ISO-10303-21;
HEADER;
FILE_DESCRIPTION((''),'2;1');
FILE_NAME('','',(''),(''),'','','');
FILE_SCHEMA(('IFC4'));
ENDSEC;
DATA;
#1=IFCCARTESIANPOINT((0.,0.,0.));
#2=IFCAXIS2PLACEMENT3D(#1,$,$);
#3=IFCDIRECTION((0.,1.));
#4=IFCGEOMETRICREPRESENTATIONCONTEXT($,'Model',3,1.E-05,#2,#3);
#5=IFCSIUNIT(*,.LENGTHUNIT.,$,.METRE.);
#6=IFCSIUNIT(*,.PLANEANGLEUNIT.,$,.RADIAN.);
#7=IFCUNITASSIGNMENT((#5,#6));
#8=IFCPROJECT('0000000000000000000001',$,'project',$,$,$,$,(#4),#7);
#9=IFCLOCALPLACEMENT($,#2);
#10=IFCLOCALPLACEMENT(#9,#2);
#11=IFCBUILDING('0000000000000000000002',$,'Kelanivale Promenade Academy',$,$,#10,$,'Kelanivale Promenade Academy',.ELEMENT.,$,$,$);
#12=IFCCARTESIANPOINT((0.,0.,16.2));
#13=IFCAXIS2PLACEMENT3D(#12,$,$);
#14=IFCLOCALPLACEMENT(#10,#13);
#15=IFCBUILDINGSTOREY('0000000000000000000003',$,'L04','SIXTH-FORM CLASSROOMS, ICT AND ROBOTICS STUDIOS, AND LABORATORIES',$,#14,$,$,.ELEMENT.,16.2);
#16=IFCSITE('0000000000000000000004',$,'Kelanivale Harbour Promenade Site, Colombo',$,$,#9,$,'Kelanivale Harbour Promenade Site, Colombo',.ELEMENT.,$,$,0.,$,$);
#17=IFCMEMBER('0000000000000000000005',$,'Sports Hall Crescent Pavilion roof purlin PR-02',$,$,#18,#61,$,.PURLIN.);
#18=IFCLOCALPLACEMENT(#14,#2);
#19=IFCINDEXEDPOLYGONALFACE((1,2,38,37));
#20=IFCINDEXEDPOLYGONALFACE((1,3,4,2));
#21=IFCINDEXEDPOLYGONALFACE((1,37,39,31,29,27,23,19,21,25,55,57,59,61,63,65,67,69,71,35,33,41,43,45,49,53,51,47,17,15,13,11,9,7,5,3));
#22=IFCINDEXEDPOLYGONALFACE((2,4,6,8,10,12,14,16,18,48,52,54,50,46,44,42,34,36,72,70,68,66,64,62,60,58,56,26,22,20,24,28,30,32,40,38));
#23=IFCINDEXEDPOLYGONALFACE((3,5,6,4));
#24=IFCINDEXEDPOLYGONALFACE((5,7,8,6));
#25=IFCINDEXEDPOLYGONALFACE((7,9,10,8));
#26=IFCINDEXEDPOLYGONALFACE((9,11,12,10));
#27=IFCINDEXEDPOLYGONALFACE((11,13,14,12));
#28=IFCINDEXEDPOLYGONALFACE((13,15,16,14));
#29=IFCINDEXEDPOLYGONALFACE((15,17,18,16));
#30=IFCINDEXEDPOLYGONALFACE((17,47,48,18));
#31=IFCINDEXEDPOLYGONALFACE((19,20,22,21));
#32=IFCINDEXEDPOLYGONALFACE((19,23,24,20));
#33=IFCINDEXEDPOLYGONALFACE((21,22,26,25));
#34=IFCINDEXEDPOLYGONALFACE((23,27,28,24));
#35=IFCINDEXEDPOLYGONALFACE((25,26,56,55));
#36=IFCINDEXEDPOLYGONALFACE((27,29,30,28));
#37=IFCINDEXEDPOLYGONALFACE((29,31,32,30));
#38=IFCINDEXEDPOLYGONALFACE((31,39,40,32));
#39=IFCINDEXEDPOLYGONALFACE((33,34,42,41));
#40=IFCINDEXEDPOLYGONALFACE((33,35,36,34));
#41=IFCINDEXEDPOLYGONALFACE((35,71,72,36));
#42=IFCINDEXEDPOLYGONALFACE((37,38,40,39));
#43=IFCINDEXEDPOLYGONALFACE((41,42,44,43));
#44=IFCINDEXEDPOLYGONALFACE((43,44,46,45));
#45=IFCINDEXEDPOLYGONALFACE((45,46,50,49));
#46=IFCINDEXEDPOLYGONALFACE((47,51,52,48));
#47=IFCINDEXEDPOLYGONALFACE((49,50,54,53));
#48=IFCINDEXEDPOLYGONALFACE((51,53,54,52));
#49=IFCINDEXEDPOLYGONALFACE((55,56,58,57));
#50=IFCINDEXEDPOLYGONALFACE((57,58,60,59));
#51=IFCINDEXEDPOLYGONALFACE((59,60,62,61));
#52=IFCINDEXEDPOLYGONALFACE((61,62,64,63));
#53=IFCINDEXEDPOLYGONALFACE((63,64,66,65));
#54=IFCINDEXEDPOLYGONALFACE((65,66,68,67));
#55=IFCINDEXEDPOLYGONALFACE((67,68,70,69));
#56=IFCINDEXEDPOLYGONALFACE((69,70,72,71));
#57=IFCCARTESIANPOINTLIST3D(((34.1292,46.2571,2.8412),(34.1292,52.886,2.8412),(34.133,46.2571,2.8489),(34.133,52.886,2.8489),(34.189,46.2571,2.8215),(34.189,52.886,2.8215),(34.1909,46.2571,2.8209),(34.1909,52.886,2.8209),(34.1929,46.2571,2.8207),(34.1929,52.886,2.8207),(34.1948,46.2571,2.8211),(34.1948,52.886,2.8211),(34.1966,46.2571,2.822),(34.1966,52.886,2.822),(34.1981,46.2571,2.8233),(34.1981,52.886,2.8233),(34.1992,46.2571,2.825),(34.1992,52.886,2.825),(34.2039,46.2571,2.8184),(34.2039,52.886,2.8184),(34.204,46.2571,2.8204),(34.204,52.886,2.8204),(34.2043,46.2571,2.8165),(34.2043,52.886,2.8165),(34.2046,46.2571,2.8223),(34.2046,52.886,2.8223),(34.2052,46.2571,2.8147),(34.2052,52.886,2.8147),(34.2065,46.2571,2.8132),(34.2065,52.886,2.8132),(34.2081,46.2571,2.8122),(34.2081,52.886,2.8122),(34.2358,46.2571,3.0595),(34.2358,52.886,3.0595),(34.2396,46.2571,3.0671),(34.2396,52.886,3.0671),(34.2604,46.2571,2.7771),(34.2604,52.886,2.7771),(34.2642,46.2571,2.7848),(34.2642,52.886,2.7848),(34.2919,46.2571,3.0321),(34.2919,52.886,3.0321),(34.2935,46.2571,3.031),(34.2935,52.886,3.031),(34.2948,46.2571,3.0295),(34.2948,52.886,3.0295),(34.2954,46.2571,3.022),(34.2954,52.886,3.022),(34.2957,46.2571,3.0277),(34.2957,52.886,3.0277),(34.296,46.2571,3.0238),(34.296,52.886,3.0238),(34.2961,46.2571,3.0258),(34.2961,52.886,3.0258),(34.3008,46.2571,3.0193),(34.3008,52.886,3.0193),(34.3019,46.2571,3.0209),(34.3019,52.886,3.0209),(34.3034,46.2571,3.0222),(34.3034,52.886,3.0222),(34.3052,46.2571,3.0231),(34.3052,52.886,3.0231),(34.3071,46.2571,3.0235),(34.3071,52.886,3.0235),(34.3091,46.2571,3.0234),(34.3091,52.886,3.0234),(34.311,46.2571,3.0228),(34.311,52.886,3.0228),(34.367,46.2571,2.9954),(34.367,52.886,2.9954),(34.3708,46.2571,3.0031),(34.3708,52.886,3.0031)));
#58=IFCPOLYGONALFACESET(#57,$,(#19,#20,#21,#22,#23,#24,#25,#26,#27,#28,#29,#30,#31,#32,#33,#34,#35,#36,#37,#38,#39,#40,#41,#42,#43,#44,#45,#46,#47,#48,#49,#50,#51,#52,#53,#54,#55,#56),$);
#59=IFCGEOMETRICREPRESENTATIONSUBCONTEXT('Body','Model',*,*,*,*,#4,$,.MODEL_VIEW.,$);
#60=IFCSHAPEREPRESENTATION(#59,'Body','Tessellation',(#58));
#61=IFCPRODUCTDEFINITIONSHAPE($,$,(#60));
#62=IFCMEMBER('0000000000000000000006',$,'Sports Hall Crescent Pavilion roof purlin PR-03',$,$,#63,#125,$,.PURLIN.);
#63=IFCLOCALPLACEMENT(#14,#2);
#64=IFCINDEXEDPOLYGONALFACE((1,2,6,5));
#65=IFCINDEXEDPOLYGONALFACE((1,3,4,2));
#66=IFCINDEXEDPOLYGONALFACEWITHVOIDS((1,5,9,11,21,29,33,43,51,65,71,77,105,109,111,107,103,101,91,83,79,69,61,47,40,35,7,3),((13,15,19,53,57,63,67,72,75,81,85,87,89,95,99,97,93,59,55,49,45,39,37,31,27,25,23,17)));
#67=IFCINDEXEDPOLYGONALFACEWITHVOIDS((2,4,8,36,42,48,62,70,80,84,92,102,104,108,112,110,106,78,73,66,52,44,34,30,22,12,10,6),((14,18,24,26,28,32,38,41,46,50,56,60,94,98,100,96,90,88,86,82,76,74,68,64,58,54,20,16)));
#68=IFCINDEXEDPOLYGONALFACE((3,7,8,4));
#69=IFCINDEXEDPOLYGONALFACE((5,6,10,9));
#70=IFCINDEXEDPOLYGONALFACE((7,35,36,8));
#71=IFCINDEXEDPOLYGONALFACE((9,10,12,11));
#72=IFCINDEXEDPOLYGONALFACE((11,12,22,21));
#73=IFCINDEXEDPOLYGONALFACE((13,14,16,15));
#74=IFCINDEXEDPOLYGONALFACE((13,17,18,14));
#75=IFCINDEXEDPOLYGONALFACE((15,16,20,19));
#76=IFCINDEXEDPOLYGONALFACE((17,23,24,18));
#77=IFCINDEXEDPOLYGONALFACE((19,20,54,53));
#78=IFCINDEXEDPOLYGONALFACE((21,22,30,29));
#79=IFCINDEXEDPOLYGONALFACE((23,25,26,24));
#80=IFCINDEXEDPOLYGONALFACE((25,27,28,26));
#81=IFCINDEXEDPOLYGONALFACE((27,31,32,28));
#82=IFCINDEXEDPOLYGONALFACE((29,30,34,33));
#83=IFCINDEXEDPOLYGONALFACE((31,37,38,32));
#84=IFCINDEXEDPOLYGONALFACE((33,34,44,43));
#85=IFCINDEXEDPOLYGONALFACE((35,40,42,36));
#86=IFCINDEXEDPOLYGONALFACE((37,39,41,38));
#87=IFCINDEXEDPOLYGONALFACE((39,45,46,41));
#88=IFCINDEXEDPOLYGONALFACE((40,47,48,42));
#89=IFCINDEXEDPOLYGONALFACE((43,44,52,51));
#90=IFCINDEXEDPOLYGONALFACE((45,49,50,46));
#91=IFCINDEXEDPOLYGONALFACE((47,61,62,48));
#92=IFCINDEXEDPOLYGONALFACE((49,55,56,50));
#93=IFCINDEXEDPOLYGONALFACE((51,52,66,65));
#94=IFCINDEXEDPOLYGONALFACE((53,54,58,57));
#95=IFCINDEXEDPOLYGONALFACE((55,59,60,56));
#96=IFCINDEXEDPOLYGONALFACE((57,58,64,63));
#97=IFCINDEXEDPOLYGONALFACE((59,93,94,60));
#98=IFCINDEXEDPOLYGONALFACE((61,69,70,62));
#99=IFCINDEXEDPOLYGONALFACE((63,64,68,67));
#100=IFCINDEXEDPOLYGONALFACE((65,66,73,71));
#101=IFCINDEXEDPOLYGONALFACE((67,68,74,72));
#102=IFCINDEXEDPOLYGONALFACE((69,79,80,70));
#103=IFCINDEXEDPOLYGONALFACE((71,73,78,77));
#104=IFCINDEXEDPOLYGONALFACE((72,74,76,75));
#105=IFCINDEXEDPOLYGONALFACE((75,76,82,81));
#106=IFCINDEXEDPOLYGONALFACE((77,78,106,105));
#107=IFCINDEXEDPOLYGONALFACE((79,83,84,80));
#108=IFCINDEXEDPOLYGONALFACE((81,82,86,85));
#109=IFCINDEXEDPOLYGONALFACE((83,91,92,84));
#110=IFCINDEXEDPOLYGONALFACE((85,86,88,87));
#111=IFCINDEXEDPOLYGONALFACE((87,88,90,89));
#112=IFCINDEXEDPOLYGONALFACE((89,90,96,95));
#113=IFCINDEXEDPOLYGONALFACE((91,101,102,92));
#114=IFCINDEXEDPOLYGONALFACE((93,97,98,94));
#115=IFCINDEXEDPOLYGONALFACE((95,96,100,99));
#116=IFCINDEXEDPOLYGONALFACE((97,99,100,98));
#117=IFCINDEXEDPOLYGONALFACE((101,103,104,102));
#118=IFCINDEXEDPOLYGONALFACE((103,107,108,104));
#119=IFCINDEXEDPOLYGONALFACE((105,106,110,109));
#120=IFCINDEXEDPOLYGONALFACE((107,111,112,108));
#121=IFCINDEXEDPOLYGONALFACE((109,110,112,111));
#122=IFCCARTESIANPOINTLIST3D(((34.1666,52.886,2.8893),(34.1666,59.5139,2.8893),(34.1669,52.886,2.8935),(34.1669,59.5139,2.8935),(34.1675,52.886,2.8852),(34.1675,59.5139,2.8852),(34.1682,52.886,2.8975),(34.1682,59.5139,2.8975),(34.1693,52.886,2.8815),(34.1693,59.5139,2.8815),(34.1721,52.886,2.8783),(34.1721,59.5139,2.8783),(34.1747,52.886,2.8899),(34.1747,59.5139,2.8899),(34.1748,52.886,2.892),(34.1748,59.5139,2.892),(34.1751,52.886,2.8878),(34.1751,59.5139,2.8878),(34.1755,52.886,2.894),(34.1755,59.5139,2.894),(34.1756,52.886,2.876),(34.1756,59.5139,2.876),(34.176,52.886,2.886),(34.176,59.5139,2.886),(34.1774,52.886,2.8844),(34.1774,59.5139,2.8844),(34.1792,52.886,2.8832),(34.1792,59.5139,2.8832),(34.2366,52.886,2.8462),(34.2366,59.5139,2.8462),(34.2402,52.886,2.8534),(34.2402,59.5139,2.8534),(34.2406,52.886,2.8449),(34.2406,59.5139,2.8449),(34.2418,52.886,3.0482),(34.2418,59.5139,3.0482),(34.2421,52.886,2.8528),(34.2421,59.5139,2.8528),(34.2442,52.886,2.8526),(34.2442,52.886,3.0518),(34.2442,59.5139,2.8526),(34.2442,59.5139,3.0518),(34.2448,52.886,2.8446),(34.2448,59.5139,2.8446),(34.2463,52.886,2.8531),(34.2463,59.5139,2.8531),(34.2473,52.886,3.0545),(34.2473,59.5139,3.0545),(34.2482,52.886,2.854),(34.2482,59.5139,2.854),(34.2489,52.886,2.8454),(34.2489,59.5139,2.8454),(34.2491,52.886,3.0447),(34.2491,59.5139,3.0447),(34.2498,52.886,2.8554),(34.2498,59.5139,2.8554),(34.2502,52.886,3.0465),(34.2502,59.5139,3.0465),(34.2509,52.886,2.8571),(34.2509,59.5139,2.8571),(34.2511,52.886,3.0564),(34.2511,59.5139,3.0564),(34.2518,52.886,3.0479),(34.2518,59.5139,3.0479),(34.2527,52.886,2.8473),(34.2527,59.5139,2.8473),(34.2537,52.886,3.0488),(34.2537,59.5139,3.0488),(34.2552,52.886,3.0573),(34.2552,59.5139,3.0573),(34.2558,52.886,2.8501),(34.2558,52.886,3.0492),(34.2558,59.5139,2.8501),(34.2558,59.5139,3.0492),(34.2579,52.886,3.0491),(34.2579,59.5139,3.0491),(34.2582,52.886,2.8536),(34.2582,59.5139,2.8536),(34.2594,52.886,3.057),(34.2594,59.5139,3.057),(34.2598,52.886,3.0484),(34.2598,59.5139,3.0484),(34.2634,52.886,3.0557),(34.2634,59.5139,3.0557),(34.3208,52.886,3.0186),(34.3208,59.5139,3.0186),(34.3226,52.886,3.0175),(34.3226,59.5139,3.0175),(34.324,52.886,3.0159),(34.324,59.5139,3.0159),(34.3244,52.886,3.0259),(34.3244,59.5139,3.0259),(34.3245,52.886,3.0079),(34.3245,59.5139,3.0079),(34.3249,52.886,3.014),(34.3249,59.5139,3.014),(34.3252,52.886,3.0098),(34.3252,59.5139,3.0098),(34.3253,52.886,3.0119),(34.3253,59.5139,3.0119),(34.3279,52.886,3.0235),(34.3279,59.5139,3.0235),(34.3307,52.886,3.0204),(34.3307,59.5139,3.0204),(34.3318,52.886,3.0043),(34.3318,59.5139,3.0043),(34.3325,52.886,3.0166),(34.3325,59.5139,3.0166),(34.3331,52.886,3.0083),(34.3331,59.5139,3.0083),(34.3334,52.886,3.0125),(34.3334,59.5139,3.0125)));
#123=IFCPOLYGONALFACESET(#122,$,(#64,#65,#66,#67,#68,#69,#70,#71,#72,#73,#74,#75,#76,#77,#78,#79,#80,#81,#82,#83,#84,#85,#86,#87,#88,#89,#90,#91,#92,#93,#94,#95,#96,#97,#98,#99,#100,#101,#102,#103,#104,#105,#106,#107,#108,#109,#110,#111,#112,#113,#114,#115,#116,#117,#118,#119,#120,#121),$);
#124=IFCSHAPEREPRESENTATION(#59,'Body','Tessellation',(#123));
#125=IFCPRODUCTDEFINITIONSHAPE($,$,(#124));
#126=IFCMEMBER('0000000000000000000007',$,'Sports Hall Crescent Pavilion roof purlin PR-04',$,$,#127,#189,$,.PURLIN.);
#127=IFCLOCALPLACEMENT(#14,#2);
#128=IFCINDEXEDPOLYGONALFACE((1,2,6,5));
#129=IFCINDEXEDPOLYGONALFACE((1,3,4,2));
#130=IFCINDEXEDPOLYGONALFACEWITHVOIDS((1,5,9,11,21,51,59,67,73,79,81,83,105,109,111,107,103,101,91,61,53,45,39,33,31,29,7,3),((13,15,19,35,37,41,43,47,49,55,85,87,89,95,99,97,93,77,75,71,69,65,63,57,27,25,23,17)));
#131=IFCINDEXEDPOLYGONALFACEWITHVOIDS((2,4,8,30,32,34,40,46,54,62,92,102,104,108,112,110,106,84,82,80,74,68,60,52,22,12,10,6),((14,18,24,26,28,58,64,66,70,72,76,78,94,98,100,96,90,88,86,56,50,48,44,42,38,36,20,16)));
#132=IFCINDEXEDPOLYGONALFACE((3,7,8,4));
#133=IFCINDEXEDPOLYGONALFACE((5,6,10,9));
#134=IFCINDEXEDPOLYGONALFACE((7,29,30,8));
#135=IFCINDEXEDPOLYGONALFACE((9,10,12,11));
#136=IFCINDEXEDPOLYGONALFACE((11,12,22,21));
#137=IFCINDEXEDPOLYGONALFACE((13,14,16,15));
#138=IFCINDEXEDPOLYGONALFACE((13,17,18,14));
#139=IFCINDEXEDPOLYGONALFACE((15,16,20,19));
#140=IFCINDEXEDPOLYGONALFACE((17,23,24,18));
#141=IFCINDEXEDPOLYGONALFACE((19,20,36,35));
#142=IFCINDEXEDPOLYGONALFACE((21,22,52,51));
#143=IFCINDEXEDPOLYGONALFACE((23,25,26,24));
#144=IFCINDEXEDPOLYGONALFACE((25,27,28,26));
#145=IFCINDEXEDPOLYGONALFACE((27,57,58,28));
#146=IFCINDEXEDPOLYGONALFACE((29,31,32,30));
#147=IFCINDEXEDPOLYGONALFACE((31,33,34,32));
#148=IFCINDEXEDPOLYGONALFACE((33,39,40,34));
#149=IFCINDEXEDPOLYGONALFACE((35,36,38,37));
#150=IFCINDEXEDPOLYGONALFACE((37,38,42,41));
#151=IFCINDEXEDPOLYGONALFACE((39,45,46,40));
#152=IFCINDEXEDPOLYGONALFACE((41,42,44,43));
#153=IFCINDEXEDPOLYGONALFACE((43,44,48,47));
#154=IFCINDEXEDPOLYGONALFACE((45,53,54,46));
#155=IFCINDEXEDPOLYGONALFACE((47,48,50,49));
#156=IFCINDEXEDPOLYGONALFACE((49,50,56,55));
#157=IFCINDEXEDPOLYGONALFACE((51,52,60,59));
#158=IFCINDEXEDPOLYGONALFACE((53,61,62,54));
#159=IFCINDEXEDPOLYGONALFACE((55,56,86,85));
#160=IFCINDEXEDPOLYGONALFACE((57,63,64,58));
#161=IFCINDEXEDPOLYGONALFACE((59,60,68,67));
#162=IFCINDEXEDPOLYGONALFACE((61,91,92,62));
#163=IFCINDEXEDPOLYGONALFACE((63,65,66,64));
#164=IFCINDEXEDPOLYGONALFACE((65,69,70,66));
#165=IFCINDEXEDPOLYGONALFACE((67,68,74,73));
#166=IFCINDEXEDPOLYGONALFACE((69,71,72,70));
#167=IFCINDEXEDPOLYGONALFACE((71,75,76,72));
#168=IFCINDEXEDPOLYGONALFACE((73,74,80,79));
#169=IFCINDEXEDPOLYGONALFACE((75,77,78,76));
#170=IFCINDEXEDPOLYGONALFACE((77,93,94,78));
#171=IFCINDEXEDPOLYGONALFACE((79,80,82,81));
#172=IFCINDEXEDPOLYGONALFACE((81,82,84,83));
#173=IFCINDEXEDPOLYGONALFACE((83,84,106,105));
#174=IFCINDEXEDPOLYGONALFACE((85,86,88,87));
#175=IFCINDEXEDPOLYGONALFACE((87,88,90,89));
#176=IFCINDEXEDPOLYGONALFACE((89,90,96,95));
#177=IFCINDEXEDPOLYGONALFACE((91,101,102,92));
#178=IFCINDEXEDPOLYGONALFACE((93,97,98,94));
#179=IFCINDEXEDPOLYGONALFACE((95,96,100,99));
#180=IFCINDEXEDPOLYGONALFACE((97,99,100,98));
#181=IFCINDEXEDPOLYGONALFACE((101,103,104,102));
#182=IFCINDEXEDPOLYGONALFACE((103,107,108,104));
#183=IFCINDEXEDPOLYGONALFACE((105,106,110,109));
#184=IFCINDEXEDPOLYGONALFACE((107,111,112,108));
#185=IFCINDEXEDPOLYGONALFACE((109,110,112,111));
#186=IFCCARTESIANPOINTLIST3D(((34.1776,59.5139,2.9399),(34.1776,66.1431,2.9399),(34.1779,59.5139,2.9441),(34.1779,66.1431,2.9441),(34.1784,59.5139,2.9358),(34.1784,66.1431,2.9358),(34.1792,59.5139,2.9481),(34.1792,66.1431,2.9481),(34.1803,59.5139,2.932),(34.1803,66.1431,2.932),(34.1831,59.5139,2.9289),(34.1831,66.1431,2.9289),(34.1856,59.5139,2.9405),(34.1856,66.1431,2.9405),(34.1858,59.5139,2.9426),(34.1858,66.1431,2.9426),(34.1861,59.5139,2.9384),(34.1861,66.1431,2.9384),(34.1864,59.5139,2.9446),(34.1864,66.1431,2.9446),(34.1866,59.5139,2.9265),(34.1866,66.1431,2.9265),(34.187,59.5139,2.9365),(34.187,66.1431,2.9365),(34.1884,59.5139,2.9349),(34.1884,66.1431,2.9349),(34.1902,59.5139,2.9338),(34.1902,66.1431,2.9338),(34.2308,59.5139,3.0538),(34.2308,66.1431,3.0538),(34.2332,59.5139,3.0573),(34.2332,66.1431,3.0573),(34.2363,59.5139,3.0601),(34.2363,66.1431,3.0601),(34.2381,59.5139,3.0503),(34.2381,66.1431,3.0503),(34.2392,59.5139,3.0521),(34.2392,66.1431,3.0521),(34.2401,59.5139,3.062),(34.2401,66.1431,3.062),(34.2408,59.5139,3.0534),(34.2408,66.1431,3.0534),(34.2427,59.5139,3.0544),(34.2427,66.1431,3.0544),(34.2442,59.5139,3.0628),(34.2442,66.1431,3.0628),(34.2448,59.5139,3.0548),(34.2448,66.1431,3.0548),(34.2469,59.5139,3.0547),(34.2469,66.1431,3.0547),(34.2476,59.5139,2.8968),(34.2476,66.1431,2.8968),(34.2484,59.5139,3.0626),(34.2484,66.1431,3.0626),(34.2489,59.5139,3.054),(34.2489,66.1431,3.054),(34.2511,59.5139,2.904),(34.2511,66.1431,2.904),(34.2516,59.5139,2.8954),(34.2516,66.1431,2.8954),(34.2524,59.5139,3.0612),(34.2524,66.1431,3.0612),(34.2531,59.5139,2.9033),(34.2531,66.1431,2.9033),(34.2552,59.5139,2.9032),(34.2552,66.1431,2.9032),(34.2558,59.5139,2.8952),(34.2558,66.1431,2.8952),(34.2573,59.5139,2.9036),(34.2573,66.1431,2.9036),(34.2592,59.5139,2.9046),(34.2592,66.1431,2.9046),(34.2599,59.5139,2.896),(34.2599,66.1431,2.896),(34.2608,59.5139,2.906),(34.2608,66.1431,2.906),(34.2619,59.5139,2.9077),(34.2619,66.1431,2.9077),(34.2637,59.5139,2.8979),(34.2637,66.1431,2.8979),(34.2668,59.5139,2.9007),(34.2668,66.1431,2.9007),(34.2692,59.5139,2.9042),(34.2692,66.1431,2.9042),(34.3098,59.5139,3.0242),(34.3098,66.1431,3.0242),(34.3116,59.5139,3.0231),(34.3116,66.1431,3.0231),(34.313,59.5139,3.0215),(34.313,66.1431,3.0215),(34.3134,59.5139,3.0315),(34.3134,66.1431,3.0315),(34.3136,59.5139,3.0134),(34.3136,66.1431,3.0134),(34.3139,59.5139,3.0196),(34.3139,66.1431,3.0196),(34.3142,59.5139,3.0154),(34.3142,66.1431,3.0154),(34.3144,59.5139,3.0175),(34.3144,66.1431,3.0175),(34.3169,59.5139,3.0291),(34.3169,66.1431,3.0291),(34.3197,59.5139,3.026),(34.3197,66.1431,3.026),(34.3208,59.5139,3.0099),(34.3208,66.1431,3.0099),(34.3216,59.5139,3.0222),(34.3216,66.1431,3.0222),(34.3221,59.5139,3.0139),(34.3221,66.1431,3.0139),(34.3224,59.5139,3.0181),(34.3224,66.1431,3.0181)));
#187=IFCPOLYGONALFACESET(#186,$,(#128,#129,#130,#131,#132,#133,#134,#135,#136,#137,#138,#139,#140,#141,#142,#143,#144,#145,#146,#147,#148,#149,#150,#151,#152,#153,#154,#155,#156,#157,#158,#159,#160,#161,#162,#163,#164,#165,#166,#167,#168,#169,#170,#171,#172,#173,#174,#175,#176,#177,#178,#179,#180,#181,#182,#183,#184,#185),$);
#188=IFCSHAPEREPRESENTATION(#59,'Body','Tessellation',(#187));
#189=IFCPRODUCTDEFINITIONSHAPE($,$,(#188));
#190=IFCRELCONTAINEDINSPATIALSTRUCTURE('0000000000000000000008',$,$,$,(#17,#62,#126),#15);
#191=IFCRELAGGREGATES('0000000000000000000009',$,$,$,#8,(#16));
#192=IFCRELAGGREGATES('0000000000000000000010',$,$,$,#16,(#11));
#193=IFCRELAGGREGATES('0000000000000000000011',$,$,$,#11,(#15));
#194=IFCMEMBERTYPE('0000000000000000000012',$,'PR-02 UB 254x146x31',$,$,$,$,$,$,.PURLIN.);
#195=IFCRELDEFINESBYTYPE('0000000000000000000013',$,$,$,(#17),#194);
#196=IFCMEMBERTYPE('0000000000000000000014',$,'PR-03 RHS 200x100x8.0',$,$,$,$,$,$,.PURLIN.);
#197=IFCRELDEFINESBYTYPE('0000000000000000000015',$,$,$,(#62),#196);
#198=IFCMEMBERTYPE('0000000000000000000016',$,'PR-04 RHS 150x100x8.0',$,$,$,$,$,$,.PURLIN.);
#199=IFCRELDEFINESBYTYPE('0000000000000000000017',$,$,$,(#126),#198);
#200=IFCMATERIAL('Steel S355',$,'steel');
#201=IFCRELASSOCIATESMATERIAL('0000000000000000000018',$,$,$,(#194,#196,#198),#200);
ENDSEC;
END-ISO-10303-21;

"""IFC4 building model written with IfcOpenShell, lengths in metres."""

from ifc_helpers import new_model, si_unit, direction, frame, origin, origin_2d, place, context, subcontext, project, spatial, hollow_rectangle, i_section, extrude, material, material_profile, profile_set, type_object, element, save


model = new_model("IFC4")

# Units and contexts
model_context = context("Model", 3, precision=1e-05, world=origin(), true_north=direction((0.0, 1.0)))
body_context = subcontext(model_context, "Body", "Model", "MODEL_VIEW")
ifc_project = project(units=[si_unit("LENGTHUNIT", "METRE"), si_unit("PLANEANGLEUNIT", "RADIAN")], contexts=[model_context])

# Site, building, storey
site_placement = place(None, origin())
site = spatial("IfcSite", under=ifc_project, at=site_placement, Name="Kelanivale Harbour Promenade Site, Colombo", LongName="Kelanivale Harbour Promenade Site, Colombo", CompositionType="ELEMENT", RefElevation=0.0)
building_placement = place(site_placement, origin())
building = spatial("IfcBuilding", under=site, at=building_placement, Name="Kelanivale Promenade Academy", LongName="Kelanivale Promenade Academy", CompositionType="ELEMENT")
storey_placement = place(building_placement, frame((0.0, 0.0, 16.2)))
storey = spatial("IfcBuildingStorey", under=building, at=storey_placement, Name="L04", Description="SIXTH-FORM CLASSROOMS, ICT AND ROBOTICS STUDIOS, AND LABORATORIES", CompositionType="ELEMENT", Elevation=16.2)

# Shared definitions
ifc_material_1 = material(Name="Steel S355", Category="steel")

# Members
ifc_material_profile_1 = material_profile(ifc_material_1, i_section(OverallWidth=0.146, OverallDepth=0.2515, WebThickness=0.0061, FlangeThickness=0.0085, FilletRadius=0.0076, at=origin_2d()), Name="UB 254x146x31")
ifc_profile_set_1 = profile_set([ifc_material_profile_1], Name="Steel S355")
member_type_1 = type_object("IfcMemberType", Name="PR-02 UB 254x146x31", PredefinedType="PURLIN", material=ifc_profile_set_1)
member_1_placement = place(storey_placement, frame((34.25, 46.2571, 2.9221), z_axis=(0.0, 1.0, 0.0), x_axis=(-0.898564, 0.0, 0.438842)))
element("IfcMember", 1, at=member_1_placement, inside=storey, type_object=member_type_1, Name="Sports Hall Crescent Pavilion roof purlin PR-02", PredefinedType="PURLIN", context=body_context, shape_type="SweptSolid", body=[
    extrude(i_section(OverallWidth=0.146, OverallDepth=0.2515, WebThickness=0.0061, FlangeThickness=0.0085, FilletRadius=0.0076, at=origin_2d()), origin(), (0.0, 0.0, 1.0), 6.6289),
])
ifc_material_profile_2 = material_profile(ifc_material_1, hollow_rectangle(XDim=0.1001, YDim=0.2, WallThickness=0.0081, InnerFilletRadius=0.0081, OuterFilletRadius=0.0161, at=origin_2d()), Name="RHS 200x100x8.0")
ifc_profile_set_2 = profile_set([ifc_material_profile_2], Name="Steel S355")
member_type_2 = type_object("IfcMemberType", Name="PR-03 RHS 200x100x8.0", PredefinedType="PURLIN", material=ifc_profile_set_2)
member_2_placement = place(storey_placement, frame((34.25, 52.886, 2.9509), z_axis=(0.0, 1.0, 0.0), x_axis=(-0.898564, 0.0, 0.438842)))
element("IfcMember", 2, at=member_2_placement, inside=storey, type_object=member_type_2, Name="Sports Hall Crescent Pavilion roof purlin PR-03", PredefinedType="PURLIN", context=body_context, shape_type="SweptSolid", body=[
    extrude(hollow_rectangle(XDim=0.1001, YDim=0.2, WallThickness=0.0081, InnerFilletRadius=0.0081, OuterFilletRadius=0.0161, at=origin_2d()), origin(), (0.0, 0.0, 1.0), 6.6279),
])
ifc_material_profile_3 = material_profile(ifc_material_1, hollow_rectangle(XDim=0.1001, YDim=0.1499, WallThickness=0.0081, InnerFilletRadius=0.0081, OuterFilletRadius=0.0161, at=origin_2d()), Name="RHS 150x100x8.0")
ifc_profile_set_3 = profile_set([ifc_material_profile_3], Name="Steel S355")
member_type_3 = type_object("IfcMemberType", Name="PR-04 RHS 150x100x8.0", PredefinedType="PURLIN", material=ifc_profile_set_3)
member_3_placement = place(storey_placement, frame((34.25, 59.5139, 2.979), z_axis=(0.0, 1.0, 0.0), x_axis=(-0.898564, 0.0, 0.438842)))
element("IfcMember", 3, at=member_3_placement, inside=storey, type_object=member_type_3, Name="Sports Hall Crescent Pavilion roof purlin PR-04", PredefinedType="PURLIN", context=body_context, shape_type="SweptSolid", body=[
    extrude(hollow_rectangle(XDim=0.1001, YDim=0.1499, WallThickness=0.0081, InnerFilletRadius=0.0081, OuterFilletRadius=0.0161, at=origin_2d()), origin(), (0.0, 0.0, 1.0), 6.6292),
])

save(model, "model.ifc")
